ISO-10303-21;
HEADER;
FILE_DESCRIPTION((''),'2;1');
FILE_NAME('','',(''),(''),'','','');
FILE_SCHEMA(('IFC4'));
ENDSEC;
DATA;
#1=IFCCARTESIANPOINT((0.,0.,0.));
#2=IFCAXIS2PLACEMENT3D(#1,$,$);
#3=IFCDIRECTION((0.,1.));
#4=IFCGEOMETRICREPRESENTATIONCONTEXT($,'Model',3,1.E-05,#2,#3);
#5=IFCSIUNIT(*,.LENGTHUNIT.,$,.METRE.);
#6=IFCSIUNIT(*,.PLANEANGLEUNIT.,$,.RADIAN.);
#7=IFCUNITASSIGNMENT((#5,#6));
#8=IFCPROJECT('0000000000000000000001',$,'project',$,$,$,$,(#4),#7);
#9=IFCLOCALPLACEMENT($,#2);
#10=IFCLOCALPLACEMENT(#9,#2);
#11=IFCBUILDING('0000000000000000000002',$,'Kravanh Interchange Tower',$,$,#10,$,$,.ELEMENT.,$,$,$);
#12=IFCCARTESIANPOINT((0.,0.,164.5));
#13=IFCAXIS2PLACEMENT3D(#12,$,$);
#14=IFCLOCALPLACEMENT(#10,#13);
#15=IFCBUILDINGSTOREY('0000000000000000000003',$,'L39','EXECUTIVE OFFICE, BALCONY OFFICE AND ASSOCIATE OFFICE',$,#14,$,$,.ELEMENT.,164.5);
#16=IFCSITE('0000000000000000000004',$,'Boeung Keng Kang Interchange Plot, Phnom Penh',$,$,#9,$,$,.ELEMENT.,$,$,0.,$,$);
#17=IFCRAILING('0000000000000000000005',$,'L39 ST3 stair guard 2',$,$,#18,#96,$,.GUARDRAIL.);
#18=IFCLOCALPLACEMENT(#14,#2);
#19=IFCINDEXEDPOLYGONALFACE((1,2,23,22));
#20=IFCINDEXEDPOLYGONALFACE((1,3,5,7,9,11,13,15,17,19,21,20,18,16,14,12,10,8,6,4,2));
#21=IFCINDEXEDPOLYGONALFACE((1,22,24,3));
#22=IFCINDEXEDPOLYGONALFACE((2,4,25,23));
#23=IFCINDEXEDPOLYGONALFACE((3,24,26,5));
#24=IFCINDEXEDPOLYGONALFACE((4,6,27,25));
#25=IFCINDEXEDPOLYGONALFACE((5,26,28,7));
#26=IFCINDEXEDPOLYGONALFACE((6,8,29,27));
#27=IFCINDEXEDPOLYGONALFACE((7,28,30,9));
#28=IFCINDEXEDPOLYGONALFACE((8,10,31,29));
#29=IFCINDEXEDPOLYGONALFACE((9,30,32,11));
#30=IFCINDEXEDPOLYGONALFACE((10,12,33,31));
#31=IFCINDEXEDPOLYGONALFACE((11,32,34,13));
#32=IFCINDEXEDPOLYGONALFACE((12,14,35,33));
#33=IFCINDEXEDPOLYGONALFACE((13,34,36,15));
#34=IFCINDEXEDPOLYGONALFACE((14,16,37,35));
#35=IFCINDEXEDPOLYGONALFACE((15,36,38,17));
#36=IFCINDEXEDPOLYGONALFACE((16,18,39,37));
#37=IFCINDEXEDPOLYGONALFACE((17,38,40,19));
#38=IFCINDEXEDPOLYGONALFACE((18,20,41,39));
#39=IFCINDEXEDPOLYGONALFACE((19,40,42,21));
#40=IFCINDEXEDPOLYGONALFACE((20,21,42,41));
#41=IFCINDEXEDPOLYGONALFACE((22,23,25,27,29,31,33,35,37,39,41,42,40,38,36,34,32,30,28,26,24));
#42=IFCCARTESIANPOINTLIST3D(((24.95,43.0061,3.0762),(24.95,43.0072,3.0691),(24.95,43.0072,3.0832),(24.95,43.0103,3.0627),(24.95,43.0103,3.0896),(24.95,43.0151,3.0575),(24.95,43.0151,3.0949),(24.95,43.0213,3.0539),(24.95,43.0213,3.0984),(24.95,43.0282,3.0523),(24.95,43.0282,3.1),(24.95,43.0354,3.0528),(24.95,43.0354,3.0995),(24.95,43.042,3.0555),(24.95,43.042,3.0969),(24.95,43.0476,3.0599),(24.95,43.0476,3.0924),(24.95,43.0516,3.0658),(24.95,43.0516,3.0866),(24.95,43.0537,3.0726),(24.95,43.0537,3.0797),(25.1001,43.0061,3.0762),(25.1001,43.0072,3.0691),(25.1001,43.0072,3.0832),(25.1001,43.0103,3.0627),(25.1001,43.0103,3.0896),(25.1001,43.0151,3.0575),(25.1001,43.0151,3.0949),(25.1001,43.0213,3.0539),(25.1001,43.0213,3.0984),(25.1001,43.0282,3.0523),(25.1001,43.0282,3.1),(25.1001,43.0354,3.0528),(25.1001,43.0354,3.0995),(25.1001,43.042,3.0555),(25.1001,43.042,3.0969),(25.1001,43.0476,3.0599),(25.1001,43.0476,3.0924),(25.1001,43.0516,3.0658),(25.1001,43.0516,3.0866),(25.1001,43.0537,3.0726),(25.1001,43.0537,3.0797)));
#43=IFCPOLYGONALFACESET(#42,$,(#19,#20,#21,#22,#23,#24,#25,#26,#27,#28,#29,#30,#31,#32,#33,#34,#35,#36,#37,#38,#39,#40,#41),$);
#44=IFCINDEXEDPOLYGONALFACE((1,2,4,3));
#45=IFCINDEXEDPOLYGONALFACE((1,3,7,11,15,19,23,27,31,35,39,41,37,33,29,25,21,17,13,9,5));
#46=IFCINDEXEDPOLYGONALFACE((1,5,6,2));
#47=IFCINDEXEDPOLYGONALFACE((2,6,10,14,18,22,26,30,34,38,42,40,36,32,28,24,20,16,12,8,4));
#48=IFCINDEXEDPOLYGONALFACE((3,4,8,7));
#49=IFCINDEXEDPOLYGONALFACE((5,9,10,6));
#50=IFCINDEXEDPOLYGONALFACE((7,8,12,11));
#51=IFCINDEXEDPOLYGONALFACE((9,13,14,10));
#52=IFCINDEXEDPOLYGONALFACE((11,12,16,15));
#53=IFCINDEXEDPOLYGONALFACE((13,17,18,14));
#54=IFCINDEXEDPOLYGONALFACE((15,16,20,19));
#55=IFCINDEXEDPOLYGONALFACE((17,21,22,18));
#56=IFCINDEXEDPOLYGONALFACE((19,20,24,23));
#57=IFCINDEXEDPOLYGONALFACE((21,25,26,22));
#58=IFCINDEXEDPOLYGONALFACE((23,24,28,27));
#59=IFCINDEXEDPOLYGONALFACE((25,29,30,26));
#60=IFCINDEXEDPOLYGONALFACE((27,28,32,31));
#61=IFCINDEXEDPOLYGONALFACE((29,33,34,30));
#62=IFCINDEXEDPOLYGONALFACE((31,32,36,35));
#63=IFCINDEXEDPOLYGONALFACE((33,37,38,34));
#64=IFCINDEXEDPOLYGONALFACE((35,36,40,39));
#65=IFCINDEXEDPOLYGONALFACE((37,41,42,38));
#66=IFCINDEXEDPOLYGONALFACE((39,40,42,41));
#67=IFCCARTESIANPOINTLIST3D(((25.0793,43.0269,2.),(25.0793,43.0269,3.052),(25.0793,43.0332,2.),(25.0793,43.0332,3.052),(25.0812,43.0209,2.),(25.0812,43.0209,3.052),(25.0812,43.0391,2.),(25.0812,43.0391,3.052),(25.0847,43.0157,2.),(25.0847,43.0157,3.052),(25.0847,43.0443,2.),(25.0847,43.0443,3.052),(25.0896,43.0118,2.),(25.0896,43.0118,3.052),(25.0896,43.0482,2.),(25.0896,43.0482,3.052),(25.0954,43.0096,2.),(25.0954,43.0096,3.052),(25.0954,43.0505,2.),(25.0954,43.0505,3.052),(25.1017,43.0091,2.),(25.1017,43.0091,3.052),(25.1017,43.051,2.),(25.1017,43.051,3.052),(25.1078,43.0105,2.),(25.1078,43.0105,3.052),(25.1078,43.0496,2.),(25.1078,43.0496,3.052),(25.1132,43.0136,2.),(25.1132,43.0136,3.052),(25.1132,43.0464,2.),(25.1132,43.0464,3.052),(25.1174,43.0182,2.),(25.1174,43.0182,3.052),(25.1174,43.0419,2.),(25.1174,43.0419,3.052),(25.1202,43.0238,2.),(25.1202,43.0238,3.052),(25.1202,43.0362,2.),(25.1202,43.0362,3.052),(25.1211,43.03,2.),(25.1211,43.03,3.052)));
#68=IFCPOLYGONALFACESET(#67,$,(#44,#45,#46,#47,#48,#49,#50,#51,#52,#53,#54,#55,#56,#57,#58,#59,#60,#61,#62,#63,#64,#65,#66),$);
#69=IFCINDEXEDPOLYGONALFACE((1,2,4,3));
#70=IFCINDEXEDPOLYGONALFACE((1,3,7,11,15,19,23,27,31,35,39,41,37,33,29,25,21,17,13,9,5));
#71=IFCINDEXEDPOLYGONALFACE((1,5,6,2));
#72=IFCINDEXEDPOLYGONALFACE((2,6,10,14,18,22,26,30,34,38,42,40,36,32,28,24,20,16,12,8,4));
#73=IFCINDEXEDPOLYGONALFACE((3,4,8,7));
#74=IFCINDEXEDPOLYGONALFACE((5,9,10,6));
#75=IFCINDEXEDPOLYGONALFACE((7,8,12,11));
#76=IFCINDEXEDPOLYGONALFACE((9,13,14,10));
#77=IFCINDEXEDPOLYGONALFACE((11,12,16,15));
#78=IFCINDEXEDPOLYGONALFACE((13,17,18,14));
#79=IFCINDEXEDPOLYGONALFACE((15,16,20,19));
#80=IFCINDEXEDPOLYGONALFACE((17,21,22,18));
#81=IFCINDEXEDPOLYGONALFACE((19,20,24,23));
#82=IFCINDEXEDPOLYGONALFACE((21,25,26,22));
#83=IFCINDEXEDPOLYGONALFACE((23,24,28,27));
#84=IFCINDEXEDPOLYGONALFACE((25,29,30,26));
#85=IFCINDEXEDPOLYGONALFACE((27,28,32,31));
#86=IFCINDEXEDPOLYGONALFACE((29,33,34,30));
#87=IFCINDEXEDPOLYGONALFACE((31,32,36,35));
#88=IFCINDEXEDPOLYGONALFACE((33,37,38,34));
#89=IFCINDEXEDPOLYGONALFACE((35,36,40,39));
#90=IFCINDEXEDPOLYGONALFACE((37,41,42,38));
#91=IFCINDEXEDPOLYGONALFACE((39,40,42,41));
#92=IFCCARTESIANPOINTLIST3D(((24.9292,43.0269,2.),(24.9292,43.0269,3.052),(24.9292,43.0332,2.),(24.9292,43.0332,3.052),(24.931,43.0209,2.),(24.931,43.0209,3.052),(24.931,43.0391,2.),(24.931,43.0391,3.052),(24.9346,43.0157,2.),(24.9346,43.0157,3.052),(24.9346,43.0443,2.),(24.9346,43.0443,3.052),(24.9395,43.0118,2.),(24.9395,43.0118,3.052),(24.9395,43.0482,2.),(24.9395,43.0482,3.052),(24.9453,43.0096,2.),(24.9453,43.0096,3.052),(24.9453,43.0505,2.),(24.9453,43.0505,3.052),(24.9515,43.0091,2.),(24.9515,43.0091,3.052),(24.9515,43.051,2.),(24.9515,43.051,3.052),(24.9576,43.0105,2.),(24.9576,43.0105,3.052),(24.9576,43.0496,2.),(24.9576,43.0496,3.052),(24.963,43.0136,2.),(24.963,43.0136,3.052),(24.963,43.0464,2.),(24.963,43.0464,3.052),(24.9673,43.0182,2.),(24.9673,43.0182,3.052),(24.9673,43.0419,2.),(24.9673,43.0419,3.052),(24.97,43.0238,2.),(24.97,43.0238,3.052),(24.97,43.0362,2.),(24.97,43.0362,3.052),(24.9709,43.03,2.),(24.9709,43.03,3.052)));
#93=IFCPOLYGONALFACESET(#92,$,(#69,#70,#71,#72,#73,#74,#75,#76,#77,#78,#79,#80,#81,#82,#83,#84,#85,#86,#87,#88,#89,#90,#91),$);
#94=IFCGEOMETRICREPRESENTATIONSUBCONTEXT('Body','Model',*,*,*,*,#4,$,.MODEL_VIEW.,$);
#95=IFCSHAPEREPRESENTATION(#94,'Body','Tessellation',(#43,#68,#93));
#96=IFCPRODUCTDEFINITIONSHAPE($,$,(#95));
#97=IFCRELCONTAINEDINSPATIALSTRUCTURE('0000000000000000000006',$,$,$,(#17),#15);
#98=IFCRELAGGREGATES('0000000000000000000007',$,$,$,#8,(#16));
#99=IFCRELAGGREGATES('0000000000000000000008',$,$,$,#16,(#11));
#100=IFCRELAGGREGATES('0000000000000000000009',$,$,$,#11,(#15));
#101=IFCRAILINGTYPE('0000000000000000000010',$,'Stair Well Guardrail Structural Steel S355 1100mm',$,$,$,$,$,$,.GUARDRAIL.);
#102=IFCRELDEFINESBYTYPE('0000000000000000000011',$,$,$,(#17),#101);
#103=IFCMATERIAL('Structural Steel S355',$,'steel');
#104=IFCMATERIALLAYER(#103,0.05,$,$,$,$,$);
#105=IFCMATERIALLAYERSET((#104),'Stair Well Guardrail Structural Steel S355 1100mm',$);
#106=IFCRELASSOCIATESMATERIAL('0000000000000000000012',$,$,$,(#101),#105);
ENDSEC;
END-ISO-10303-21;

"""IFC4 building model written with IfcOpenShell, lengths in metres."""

from ifc_helpers import new_model, si_unit, direction, frame, origin, origin_2d, place, context, subcontext, project, spatial, circle, extrude, material, layer, layer_set, type_object, element, save


model = new_model("IFC4")

# Units and contexts
model_context = context("Model", 3, precision=1e-05, world=origin(), true_north=direction((0.0, 1.0)))
body_context = subcontext(model_context, "Body", "Model", "MODEL_VIEW")
ifc_project = project(units=[si_unit("LENGTHUNIT", "METRE"), si_unit("PLANEANGLEUNIT", "RADIAN")], contexts=[model_context])

# Site, building, storey
site_placement = place(None, origin())
site = spatial("IfcSite", under=ifc_project, at=site_placement, Name="Boeung Keng Kang Interchange Plot, Phnom Penh", CompositionType="ELEMENT", RefElevation=0.0)
building_placement = place(site_placement, origin())
building = spatial("IfcBuilding", under=site, at=building_placement, Name="Kravanh Interchange Tower", CompositionType="ELEMENT")
storey_placement = place(building_placement, frame((0.0, 0.0, 164.5)))
storey = spatial("IfcBuildingStorey", under=building, at=storey_placement, Name="L39", Description="EXECUTIVE OFFICE, BALCONY OFFICE AND ASSOCIATE OFFICE", CompositionType="ELEMENT", Elevation=164.5)

# Railing
ifc_material_1 = material(Name="Structural Steel S355", Category="steel")
ifc_layer_1 = layer(ifc_material_1, 0.05)
ifc_layer_set_1 = layer_set([ifc_layer_1], Name="Stair Well Guardrail Structural Steel S355 1100mm")
railing_type_1 = type_object("IfcRailingType", Name="Stair Well Guardrail Structural Steel S355 1100mm", PredefinedType="GUARDRAIL", material=ifc_layer_set_1)
railing_1_placement = place(storey_placement, frame((25.1001, 43.03, 2.0)))
element("IfcRailing", 1, at=railing_1_placement, inside=storey, type_object=railing_type_1, Name="L39 ST3 stair guard 2", PredefinedType="GUARDRAIL", context=body_context, shape_type="SweptSolid", body=[
    extrude(circle(Radius=0.0239, at=origin_2d()), frame((0.0, 0.0, 1.0762), z_axis=(-1.0, 0.0, 0.0), x_axis=(0.0, -1.0, 0.0)), (0.0, 0.0, 1.0), 0.1501),
    extrude(circle(Radius=0.021, at=origin_2d()), origin(), (0.0, 0.0, 1.0), 1.052),
    extrude(circle(Radius=0.021, at=origin_2d()), frame((-0.1501, 0.0, 0.0)), (0.0, 0.0, 1.0), 1.052),
])

save(model, "model.ifc")
